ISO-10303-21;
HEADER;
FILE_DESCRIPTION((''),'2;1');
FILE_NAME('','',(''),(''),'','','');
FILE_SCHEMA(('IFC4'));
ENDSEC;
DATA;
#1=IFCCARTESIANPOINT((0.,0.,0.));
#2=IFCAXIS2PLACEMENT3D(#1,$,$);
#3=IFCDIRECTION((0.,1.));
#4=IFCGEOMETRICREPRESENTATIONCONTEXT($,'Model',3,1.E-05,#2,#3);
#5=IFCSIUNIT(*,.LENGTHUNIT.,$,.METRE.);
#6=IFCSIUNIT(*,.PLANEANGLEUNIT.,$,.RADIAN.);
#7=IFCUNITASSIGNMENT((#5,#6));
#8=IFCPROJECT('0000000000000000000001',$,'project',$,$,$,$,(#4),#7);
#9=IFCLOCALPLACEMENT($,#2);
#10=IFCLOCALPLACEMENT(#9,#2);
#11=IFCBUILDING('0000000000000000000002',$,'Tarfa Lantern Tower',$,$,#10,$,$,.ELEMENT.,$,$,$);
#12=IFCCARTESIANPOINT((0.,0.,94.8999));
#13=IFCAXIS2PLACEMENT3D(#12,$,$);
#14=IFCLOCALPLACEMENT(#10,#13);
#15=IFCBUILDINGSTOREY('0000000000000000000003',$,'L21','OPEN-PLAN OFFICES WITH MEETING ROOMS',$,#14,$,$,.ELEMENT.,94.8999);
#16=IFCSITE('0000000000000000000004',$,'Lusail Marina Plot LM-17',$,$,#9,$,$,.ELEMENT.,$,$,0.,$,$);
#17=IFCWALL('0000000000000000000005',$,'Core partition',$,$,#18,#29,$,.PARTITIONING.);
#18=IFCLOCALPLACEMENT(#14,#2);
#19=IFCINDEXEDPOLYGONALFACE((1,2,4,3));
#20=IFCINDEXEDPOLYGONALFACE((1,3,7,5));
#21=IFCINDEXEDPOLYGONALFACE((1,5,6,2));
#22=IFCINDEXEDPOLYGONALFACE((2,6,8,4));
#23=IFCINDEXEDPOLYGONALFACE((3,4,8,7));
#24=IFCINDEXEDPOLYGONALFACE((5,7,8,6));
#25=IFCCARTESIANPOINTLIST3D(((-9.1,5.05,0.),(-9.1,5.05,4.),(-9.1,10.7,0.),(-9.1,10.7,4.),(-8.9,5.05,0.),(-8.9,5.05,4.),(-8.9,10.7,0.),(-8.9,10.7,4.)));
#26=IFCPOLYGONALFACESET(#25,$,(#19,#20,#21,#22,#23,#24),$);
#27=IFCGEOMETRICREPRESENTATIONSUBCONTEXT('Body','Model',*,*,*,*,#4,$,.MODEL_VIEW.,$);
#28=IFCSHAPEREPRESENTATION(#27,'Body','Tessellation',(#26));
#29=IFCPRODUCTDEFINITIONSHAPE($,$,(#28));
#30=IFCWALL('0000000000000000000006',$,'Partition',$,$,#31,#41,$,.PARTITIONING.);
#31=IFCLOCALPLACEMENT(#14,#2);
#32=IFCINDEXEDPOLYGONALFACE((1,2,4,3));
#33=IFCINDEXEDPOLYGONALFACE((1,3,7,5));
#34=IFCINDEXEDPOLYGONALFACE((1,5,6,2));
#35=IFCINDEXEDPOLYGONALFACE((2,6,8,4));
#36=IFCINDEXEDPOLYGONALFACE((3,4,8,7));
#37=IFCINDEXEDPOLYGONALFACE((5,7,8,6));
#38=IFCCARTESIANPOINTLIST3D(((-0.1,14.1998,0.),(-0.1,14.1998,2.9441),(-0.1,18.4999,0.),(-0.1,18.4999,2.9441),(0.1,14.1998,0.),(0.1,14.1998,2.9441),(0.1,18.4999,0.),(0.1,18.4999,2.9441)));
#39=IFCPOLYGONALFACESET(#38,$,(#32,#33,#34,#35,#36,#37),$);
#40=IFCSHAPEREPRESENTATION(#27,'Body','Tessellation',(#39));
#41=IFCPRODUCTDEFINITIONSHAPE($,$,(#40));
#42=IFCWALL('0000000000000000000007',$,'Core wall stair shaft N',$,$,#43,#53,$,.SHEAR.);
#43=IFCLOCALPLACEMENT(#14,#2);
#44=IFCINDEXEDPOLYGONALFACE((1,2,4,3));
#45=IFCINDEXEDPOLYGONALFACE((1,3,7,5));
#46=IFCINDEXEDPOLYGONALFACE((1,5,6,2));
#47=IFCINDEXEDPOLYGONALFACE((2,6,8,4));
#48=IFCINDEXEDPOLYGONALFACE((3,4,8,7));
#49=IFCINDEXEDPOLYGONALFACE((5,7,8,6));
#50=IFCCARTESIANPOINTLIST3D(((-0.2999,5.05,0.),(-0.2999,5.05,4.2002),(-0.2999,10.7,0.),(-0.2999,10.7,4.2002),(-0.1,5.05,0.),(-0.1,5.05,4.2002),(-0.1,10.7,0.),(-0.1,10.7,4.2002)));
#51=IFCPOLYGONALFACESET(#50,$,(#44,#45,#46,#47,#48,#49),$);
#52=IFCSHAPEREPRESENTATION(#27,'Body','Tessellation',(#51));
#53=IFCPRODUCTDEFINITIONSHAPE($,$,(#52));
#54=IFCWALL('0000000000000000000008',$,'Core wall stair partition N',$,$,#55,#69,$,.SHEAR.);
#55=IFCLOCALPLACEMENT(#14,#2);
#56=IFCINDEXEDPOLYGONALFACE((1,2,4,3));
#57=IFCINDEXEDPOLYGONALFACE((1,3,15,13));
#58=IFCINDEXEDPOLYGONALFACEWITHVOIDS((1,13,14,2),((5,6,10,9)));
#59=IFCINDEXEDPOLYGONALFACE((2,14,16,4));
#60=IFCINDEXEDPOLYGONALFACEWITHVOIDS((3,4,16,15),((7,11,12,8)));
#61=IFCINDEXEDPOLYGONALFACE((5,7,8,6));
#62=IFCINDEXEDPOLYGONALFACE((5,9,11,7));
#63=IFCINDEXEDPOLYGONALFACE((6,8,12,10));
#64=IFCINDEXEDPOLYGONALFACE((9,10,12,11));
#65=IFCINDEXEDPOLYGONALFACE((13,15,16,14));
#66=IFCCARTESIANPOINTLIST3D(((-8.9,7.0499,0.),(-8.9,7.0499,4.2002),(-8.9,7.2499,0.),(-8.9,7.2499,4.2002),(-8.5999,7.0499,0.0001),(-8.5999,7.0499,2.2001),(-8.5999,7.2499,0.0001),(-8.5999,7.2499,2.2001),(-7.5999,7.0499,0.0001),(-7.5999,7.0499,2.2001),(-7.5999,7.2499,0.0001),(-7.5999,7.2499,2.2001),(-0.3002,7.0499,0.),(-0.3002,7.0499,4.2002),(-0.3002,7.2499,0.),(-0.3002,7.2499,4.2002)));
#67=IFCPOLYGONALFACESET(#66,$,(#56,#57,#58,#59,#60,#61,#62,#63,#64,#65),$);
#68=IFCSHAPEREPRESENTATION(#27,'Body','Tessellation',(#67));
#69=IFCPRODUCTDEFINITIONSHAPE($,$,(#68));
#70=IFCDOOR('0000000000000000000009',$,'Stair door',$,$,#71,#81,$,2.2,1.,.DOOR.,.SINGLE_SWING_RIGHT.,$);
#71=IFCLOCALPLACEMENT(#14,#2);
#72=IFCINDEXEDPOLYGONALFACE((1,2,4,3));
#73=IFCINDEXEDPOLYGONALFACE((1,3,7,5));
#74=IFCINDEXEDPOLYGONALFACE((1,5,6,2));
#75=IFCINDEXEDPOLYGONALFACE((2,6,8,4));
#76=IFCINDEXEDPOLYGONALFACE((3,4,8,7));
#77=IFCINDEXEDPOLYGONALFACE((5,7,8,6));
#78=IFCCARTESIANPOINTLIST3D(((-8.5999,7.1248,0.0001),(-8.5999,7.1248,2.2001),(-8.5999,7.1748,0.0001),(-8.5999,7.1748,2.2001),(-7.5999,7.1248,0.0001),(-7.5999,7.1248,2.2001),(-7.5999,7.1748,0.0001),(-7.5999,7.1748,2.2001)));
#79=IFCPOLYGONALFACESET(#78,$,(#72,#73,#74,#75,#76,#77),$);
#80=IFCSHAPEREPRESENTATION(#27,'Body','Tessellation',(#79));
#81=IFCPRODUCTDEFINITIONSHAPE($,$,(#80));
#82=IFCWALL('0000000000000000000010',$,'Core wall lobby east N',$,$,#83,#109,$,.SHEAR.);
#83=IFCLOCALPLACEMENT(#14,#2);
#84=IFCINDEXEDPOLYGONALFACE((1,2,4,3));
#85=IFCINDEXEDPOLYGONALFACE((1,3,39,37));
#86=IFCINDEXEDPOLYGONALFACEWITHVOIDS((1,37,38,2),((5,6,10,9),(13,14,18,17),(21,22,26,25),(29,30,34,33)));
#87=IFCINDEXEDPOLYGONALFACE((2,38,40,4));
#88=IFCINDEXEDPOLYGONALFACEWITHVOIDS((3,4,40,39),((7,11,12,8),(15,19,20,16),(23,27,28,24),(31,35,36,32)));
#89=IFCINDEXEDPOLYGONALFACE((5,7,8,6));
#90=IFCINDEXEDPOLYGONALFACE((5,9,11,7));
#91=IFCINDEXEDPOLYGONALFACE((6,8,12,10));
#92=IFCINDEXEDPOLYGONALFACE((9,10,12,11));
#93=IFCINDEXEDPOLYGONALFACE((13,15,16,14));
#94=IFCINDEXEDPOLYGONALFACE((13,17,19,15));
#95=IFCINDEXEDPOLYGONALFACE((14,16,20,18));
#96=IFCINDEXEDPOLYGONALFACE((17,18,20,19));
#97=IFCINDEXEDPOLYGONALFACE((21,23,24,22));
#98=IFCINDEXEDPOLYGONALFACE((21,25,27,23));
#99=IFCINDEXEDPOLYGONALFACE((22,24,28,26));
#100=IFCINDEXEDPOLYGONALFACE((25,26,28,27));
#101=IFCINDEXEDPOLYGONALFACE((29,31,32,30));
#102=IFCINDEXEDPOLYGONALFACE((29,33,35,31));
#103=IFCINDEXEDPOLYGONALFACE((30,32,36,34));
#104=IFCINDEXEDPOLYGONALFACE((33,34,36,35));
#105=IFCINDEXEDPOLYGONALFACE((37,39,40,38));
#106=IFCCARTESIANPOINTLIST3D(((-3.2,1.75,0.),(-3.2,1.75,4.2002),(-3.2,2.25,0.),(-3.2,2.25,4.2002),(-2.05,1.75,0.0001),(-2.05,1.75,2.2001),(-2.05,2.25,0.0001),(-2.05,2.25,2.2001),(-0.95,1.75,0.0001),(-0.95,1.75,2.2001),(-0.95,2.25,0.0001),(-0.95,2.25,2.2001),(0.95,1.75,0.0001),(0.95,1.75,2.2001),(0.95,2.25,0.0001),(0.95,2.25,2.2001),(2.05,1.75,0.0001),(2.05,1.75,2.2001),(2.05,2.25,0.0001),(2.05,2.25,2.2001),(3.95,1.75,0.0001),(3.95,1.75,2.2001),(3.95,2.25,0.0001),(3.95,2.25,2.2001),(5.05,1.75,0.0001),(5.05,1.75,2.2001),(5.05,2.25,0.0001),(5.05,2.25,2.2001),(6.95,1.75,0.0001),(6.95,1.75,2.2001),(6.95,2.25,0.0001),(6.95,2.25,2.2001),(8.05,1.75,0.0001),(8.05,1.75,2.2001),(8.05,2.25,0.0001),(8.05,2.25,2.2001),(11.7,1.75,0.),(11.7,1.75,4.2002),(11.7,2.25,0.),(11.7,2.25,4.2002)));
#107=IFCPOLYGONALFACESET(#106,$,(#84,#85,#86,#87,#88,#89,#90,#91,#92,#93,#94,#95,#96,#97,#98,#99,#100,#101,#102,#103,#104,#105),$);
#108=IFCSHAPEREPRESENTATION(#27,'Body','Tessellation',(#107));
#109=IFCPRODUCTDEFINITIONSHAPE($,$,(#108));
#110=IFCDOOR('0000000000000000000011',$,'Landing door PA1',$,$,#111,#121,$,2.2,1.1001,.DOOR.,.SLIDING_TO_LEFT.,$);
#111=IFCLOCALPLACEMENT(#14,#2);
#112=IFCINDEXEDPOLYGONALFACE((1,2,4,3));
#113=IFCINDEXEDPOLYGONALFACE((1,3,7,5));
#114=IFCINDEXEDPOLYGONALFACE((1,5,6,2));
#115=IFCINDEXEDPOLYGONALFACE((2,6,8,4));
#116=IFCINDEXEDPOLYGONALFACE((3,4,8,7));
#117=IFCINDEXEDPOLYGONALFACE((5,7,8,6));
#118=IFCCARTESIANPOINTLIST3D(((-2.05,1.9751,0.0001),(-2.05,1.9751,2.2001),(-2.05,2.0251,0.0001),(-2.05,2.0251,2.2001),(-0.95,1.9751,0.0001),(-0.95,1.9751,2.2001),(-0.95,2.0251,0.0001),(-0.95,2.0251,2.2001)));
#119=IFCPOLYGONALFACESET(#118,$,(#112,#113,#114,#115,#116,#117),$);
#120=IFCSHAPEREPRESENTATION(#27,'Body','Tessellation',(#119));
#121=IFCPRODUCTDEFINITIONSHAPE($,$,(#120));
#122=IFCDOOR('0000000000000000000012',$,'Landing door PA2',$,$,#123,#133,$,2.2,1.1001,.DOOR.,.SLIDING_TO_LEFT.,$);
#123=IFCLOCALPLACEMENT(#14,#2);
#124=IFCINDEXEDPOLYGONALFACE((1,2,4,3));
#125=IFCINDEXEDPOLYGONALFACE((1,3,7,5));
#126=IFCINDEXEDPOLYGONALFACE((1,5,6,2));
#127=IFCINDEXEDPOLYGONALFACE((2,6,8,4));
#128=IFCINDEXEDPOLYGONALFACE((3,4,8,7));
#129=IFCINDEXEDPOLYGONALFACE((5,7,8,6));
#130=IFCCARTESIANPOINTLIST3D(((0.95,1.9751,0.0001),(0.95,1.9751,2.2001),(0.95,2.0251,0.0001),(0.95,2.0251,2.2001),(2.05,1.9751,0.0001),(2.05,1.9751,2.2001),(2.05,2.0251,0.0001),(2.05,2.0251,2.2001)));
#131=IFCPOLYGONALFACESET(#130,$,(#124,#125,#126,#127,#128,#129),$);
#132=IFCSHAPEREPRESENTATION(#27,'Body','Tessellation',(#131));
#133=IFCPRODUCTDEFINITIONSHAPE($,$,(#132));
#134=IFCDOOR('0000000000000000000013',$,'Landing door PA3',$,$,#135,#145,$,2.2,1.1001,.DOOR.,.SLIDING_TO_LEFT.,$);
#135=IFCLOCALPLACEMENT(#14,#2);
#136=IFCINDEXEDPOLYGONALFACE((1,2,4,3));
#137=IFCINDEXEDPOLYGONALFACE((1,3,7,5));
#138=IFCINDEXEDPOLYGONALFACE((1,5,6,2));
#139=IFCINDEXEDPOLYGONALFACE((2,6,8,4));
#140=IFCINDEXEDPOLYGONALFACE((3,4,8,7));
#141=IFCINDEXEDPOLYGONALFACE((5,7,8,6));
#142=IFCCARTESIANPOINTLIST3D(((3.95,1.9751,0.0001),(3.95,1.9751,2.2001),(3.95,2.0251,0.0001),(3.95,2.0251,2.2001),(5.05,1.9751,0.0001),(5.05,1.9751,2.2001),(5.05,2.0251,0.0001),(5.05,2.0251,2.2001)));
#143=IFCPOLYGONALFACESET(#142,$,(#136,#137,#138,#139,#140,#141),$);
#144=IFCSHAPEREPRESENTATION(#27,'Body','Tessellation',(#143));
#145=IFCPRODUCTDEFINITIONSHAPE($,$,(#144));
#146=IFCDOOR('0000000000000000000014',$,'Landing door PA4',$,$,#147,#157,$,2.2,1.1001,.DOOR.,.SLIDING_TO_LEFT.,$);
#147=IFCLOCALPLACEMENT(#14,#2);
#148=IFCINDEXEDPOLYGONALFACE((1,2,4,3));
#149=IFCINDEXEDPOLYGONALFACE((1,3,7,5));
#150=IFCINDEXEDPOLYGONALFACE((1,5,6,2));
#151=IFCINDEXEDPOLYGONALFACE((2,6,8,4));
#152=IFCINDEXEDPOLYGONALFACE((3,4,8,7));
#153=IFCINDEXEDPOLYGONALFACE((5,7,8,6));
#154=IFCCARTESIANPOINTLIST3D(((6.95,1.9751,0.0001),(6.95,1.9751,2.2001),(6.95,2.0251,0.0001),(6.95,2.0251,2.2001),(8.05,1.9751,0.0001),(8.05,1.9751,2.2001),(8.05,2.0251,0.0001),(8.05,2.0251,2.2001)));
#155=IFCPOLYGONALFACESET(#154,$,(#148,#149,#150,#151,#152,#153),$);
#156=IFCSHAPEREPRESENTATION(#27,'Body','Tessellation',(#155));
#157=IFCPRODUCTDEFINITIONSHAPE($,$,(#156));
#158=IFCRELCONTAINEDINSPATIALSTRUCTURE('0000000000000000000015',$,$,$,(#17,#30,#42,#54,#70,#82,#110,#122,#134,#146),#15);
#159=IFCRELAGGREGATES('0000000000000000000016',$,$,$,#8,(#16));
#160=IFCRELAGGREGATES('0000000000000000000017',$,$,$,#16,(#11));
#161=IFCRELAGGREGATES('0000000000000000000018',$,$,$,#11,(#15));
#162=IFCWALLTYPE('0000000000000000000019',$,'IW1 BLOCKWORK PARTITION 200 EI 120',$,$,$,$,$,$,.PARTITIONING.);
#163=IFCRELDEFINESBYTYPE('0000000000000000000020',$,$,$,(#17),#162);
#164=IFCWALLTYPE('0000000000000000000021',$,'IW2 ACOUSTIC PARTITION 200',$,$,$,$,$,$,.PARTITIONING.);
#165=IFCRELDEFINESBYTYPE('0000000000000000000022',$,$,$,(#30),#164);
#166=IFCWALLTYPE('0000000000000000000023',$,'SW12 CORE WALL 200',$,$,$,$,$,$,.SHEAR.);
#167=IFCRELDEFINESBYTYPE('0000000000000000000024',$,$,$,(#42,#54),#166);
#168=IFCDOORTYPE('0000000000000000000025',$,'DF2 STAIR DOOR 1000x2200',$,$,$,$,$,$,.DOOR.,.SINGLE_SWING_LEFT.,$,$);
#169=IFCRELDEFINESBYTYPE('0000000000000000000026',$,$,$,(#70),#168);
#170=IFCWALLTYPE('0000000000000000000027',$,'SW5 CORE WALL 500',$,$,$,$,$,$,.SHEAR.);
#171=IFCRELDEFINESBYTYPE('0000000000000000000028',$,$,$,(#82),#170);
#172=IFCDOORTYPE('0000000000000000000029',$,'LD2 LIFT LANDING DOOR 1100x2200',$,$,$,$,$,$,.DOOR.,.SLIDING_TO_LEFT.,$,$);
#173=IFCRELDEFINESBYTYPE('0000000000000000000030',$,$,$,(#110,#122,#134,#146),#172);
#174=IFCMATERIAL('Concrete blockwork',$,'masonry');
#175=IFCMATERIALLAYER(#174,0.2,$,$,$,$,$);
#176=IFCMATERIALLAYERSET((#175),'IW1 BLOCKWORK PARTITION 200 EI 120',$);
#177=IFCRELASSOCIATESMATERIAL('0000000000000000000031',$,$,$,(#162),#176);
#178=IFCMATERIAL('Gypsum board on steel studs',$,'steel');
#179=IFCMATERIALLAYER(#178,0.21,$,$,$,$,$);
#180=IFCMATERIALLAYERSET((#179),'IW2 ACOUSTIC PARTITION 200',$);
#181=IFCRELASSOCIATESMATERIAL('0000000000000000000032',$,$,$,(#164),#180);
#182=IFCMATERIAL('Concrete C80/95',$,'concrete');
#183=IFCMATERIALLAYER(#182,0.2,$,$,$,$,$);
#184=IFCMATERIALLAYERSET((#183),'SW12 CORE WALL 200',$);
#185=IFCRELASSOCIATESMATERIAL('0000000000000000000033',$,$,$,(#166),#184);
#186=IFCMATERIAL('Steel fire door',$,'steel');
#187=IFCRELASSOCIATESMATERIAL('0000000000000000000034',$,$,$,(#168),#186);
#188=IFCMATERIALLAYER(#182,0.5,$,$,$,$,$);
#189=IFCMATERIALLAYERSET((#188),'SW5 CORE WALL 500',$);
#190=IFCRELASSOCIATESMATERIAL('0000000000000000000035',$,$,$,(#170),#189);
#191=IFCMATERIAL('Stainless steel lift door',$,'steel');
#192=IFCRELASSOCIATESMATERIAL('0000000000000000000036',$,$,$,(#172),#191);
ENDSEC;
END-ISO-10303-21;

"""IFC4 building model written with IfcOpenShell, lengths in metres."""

from ifc_helpers import new_model, si_unit, direction, frame, frame_2d, origin, place, context, subcontext, project, spatial, rectangle, extrude, material, layer, layer_set, type_object, element, fill, save


model = new_model("IFC4")

# Units and contexts
model_context = context("Model", 3, precision=1e-05, world=origin(), true_north=direction((0.0, 1.0)))
body_context = subcontext(model_context, "Body", "Model", "MODEL_VIEW")
ifc_project = project(units=[si_unit("LENGTHUNIT", "METRE"), si_unit("PLANEANGLEUNIT", "RADIAN")], contexts=[model_context])

# Site, building, storey
site_placement = place(None, origin())
site = spatial("IfcSite", under=ifc_project, at=site_placement, Name="Lusail Marina Plot LM-17", CompositionType="ELEMENT", RefElevation=0.0)
building_placement = place(site_placement, origin())
building = spatial("IfcBuilding", under=site, at=building_placement, Name="Tarfa Lantern Tower", CompositionType="ELEMENT")
storey_placement = place(building_placement, frame((0.0, 0.0, 94.8999)))
storey = spatial("IfcBuildingStorey", under=building, at=storey_placement, Name="L21", Description="OPEN-PLAN OFFICES WITH MEETING ROOMS", CompositionType="ELEMENT", Elevation=94.8999)

# Walls
ifc_material_1 = material(Name="Concrete blockwork", Category="masonry")
ifc_layer_1 = layer(ifc_material_1, 0.2)
ifc_layer_set_1 = layer_set([ifc_layer_1], Name="IW1 BLOCKWORK PARTITION 200 EI 120")
wall_type_1 = type_object("IfcWallType", Name="IW1 BLOCKWORK PARTITION 200 EI 120", PredefinedType="PARTITIONING", material=ifc_layer_set_1)
wall_1_placement = place(storey_placement, frame((-9.0, 5.05, 0.0), z_axis=(0.0, 0.0, 1.0), x_axis=(0.0, 1.0, 0.0)))
element("IfcWall", 1, at=wall_1_placement, inside=storey, type_object=wall_type_1, Name="Core partition", PredefinedType="PARTITIONING", context=body_context, shape_type="SweptSolid", body=[
    extrude(rectangle(XDim=5.6499, YDim=0.2, at=frame_2d((2.825, 0.0))), origin(), (0.0, 0.0, 1.0), 4.0),
])
ifc_material_2 = material(Name="Gypsum board on steel studs", Category="steel")
ifc_layer_2 = layer(ifc_material_2, 0.21)
ifc_layer_set_2 = layer_set([ifc_layer_2], Name="IW2 ACOUSTIC PARTITION 200")
wall_type_2 = type_object("IfcWallType", Name="IW2 ACOUSTIC PARTITION 200", PredefinedType="PARTITIONING", material=ifc_layer_set_2)
wall_2_placement = place(storey_placement, frame((0.0, 14.2, 0.0), z_axis=(0.0, 0.0, 1.0), x_axis=(0.0, 1.0, 0.0)))
element("IfcWall", 2, at=wall_2_placement, inside=storey, type_object=wall_type_2, Name="Partition", PredefinedType="PARTITIONING", context=body_context, shape_type="SweptSolid", body=[
    extrude(rectangle(XDim=4.3, YDim=0.2, at=frame_2d((2.1499, 0.0))), origin(), (0.0, 0.0, 1.0), 2.9441),
])
ifc_material_3 = material(Name="Concrete C80/95", Category="concrete")
ifc_layer_3 = layer(ifc_material_3, 0.2)
ifc_layer_set_3 = layer_set([ifc_layer_3], Name="SW12 CORE WALL 200")
wall_type_3 = type_object("IfcWallType", Name="SW12 CORE WALL 200", PredefinedType="SHEAR", material=ifc_layer_set_3)
wall_3_placement = place(storey_placement, frame((-0.2, 5.05, 0.0), z_axis=(0.0, 0.0, 1.0), x_axis=(0.0, 1.0, 0.0)))
element("IfcWall", 3, at=wall_3_placement, inside=storey, type_object=wall_type_3, Name="Core wall stair shaft N", PredefinedType="SHEAR", context=body_context, shape_type="SweptSolid", body=[
    extrude(rectangle(XDim=5.6499, YDim=0.2, at=frame_2d((2.825, 0.0))), origin(), (0.0, 0.0, 1.0), 4.2002),
])

# Wall, opening, door
wall_4_placement = place(storey_placement, frame((-8.8999, 7.1499, 0.0), z_axis=(0.0, 0.0, 1.0), x_axis=(1.0, 0.0, 0.0)))
wall_4 = element("IfcWall", 4, at=wall_4_placement, inside=storey, type_object=wall_type_3, Name="Core wall stair partition N", PredefinedType="SHEAR", context=body_context, shape_type="SweptSolid", body=[
    extrude(rectangle(XDim=8.5999, YDim=0.2, at=frame_2d((4.2998, 0.0))), origin(), (0.0, 0.0, 1.0), 4.2002),
])
opening_1_placement = place(wall_4_placement, frame((0.3, 0.0, 0.0)))
opening_1 = element("IfcOpeningElement", 5, at=opening_1_placement, cuts=wall_4, PredefinedType="OPENING", context=body_context, shape_type="SweptSolid", body=[
    extrude(rectangle(XDim=1.0, YDim=2.2, at=frame_2d((0.5, 1.1001))), frame((0.0, 0.1099, 0.0), z_axis=(0.0, -1.0, 0.0), x_axis=(1.0, 0.0, 0.0)), (0.0, 0.0, 1.0), 0.22),
])
ifc_material_4 = material(Name="Steel fire door", Category="steel")
door_type_1 = type_object("IfcDoorType", Name="DF2 STAIR DOOR 1000x2200", OperationType="SINGLE_SWING_LEFT", PredefinedType="DOOR", material=ifc_material_4)
door_1_placement = place(opening_1_placement, origin())
door_1 = element("IfcDoor", 6, at=door_1_placement, inside=storey, type_object=door_type_1, Name="Stair door", OperationType="SINGLE_SWING_RIGHT", OverallHeight=2.2, OverallWidth=1.0, PredefinedType="DOOR", context=body_context, shape_type="SweptSolid", body=[
    extrude(rectangle(XDim=1.0, YDim=2.2, at=frame_2d((0.5, 1.1001))), frame((0.0, 0.0249, 0.0), z_axis=(0.0, -1.0, 0.0), x_axis=(1.0, 0.0, 0.0)), (0.0, 0.0, 1.0), 0.05),
])
fill(opening_1, door_1)

# Wall, openings, doors
ifc_layer_4 = layer(ifc_material_3, 0.5)
ifc_layer_set_4 = layer_set([ifc_layer_4], Name="SW5 CORE WALL 500")
wall_type_4 = type_object("IfcWallType", Name="SW5 CORE WALL 500", PredefinedType="SHEAR", material=ifc_layer_set_4)
wall_5_placement = place(storey_placement, frame((-3.2, 2.0, 0.0), z_axis=(0.0, 0.0, 1.0), x_axis=(1.0, 0.0, 0.0)))
wall_5 = element("IfcWall", 7, at=wall_5_placement, inside=storey, type_object=wall_type_4, Name="Core wall lobby east N", PredefinedType="SHEAR", context=body_context, shape_type="SweptSolid", body=[
    extrude(rectangle(XDim=14.8999, YDim=0.5, at=frame_2d((7.45, 0.0))), origin(), (0.0, 0.0, 1.0), 4.2002),
])
opening_2_placement = place(wall_5_placement, frame((1.1499, 0.0, 0.0)))
opening_2 = element("IfcOpeningElement", 8, at=opening_2_placement, cuts=wall_5, PredefinedType="OPENING", context=body_context, shape_type="SweptSolid", body=[
    extrude(rectangle(XDim=1.1001, YDim=2.2, at=frame_2d((0.55, 1.1001))), frame((0.0, 0.26, 0.0), z_axis=(0.0, -1.0, 0.0), x_axis=(1.0, 0.0, 0.0)), (0.0, 0.0, 1.0), 0.52),
])
opening_3_placement = place(wall_5_placement, frame((4.1499, 0.0, 0.0)))
opening_3 = element("IfcOpeningElement", 9, at=opening_3_placement, cuts=wall_5, PredefinedType="OPENING", context=body_context, shape_type="SweptSolid", body=[
    extrude(rectangle(XDim=1.1001, YDim=2.2, at=frame_2d((0.55, 1.1001))), frame((0.0, 0.26, 0.0), z_axis=(0.0, -1.0, 0.0), x_axis=(1.0, 0.0, 0.0)), (0.0, 0.0, 1.0), 0.52),
])
opening_4_placement = place(wall_5_placement, frame((7.1499, 0.0, 0.0)))
opening_4 = element("IfcOpeningElement", 10, at=opening_4_placement, cuts=wall_5, PredefinedType="OPENING", context=body_context, shape_type="SweptSolid", body=[
    extrude(rectangle(XDim=1.1001, YDim=2.2, at=frame_2d((0.55, 1.1001))), frame((0.0, 0.26, 0.0), z_axis=(0.0, -1.0, 0.0), x_axis=(1.0, 0.0, 0.0)), (0.0, 0.0, 1.0), 0.52),
])
opening_5_placement = place(wall_5_placement, frame((10.1499, 0.0, 0.0)))
opening_5 = element("IfcOpeningElement", 11, at=opening_5_placement, cuts=wall_5, PredefinedType="OPENING", context=body_context, shape_type="SweptSolid", body=[
    extrude(rectangle(XDim=1.1001, YDim=2.2, at=frame_2d((0.55, 1.1001))), frame((0.0, 0.26, 0.0), z_axis=(0.0, -1.0, 0.0), x_axis=(1.0, 0.0, 0.0)), (0.0, 0.0, 1.0), 0.52),
])
ifc_material_5 = material(Name="Stainless steel lift door", Category="steel")
door_type_2 = type_object("IfcDoorType", Name="LD2 LIFT LANDING DOOR 1100x2200", OperationType="SLIDING_TO_LEFT", PredefinedType="DOOR", material=ifc_material_5)
door_2_placement = place(opening_2_placement, frame((1.1001, 0.0, 0.0), z_axis=(0.0, 0.0, 1.0), x_axis=(-1.0, 0.0, 0.0)))
door_2 = element("IfcDoor", 12, at=door_2_placement, inside=storey, type_object=door_type_2, Name="Landing door PA1", OperationType="SLIDING_TO_LEFT", OverallHeight=2.2, OverallWidth=1.1001, PredefinedType="DOOR", context=body_context, shape_type="SweptSolid", body=[
    extrude(rectangle(XDim=1.1001, YDim=2.2, at=frame_2d((0.55, 1.1001))), frame((0.0, 0.0249, 0.0), z_axis=(0.0, -1.0, 0.0), x_axis=(1.0, 0.0, 0.0)), (0.0, 0.0, 1.0), 0.05),
])
fill(opening_2, door_2)
door_3_placement = place(opening_3_placement, frame((1.1001, 0.0, 0.0), z_axis=(0.0, 0.0, 1.0), x_axis=(-1.0, 0.0, 0.0)))
door_3 = element("IfcDoor", 13, at=door_3_placement, inside=storey, type_object=door_type_2, Name="Landing door PA2", OperationType="SLIDING_TO_LEFT", OverallHeight=2.2, OverallWidth=1.1001, PredefinedType="DOOR", context=body_context, shape_type="SweptSolid", body=[
    extrude(rectangle(XDim=1.1001, YDim=2.2, at=frame_2d((0.55, 1.1001))), frame((0.0, 0.0249, 0.0), z_axis=(0.0, -1.0, 0.0), x_axis=(1.0, 0.0, 0.0)), (0.0, 0.0, 1.0), 0.05),
])
fill(opening_3, door_3)
door_4_placement = place(opening_4_placement, frame((1.1001, 0.0, 0.0), z_axis=(0.0, 0.0, 1.0), x_axis=(-1.0, 0.0, 0.0)))
door_4 = element("IfcDoor", 14, at=door_4_placement, inside=storey, type_object=door_type_2, Name="Landing door PA3", OperationType="SLIDING_TO_LEFT", OverallHeight=2.2, OverallWidth=1.1001, PredefinedType="DOOR", context=body_context, shape_type="SweptSolid", body=[
    extrude(rectangle(XDim=1.1001, YDim=2.2, at=frame_2d((0.55, 1.1001))), frame((0.0, 0.0249, 0.0), z_axis=(0.0, -1.0, 0.0), x_axis=(1.0, 0.0, 0.0)), (0.0, 0.0, 1.0), 0.05),
])
fill(opening_4, door_4)
door_5_placement = place(opening_5_placement, frame((1.1001, 0.0, 0.0), z_axis=(0.0, 0.0, 1.0), x_axis=(-1.0, 0.0, 0.0)))
door_5 = element("IfcDoor", 15, at=door_5_placement, inside=storey, type_object=door_type_2, Name="Landing door PA4", OperationType="SLIDING_TO_LEFT", OverallHeight=2.2, OverallWidth=1.1001, PredefinedType="DOOR", context=body_context, shape_type="SweptSolid", body=[
    extrude(rectangle(XDim=1.1001, YDim=2.2, at=frame_2d((0.55, 1.1001))), frame((0.0, 0.0249, 0.0), z_axis=(0.0, -1.0, 0.0), x_axis=(1.0, 0.0, 0.0)), (0.0, 0.0, 1.0), 0.05),
])
fill(opening_5, door_5)

save(model, "model.ifc")
